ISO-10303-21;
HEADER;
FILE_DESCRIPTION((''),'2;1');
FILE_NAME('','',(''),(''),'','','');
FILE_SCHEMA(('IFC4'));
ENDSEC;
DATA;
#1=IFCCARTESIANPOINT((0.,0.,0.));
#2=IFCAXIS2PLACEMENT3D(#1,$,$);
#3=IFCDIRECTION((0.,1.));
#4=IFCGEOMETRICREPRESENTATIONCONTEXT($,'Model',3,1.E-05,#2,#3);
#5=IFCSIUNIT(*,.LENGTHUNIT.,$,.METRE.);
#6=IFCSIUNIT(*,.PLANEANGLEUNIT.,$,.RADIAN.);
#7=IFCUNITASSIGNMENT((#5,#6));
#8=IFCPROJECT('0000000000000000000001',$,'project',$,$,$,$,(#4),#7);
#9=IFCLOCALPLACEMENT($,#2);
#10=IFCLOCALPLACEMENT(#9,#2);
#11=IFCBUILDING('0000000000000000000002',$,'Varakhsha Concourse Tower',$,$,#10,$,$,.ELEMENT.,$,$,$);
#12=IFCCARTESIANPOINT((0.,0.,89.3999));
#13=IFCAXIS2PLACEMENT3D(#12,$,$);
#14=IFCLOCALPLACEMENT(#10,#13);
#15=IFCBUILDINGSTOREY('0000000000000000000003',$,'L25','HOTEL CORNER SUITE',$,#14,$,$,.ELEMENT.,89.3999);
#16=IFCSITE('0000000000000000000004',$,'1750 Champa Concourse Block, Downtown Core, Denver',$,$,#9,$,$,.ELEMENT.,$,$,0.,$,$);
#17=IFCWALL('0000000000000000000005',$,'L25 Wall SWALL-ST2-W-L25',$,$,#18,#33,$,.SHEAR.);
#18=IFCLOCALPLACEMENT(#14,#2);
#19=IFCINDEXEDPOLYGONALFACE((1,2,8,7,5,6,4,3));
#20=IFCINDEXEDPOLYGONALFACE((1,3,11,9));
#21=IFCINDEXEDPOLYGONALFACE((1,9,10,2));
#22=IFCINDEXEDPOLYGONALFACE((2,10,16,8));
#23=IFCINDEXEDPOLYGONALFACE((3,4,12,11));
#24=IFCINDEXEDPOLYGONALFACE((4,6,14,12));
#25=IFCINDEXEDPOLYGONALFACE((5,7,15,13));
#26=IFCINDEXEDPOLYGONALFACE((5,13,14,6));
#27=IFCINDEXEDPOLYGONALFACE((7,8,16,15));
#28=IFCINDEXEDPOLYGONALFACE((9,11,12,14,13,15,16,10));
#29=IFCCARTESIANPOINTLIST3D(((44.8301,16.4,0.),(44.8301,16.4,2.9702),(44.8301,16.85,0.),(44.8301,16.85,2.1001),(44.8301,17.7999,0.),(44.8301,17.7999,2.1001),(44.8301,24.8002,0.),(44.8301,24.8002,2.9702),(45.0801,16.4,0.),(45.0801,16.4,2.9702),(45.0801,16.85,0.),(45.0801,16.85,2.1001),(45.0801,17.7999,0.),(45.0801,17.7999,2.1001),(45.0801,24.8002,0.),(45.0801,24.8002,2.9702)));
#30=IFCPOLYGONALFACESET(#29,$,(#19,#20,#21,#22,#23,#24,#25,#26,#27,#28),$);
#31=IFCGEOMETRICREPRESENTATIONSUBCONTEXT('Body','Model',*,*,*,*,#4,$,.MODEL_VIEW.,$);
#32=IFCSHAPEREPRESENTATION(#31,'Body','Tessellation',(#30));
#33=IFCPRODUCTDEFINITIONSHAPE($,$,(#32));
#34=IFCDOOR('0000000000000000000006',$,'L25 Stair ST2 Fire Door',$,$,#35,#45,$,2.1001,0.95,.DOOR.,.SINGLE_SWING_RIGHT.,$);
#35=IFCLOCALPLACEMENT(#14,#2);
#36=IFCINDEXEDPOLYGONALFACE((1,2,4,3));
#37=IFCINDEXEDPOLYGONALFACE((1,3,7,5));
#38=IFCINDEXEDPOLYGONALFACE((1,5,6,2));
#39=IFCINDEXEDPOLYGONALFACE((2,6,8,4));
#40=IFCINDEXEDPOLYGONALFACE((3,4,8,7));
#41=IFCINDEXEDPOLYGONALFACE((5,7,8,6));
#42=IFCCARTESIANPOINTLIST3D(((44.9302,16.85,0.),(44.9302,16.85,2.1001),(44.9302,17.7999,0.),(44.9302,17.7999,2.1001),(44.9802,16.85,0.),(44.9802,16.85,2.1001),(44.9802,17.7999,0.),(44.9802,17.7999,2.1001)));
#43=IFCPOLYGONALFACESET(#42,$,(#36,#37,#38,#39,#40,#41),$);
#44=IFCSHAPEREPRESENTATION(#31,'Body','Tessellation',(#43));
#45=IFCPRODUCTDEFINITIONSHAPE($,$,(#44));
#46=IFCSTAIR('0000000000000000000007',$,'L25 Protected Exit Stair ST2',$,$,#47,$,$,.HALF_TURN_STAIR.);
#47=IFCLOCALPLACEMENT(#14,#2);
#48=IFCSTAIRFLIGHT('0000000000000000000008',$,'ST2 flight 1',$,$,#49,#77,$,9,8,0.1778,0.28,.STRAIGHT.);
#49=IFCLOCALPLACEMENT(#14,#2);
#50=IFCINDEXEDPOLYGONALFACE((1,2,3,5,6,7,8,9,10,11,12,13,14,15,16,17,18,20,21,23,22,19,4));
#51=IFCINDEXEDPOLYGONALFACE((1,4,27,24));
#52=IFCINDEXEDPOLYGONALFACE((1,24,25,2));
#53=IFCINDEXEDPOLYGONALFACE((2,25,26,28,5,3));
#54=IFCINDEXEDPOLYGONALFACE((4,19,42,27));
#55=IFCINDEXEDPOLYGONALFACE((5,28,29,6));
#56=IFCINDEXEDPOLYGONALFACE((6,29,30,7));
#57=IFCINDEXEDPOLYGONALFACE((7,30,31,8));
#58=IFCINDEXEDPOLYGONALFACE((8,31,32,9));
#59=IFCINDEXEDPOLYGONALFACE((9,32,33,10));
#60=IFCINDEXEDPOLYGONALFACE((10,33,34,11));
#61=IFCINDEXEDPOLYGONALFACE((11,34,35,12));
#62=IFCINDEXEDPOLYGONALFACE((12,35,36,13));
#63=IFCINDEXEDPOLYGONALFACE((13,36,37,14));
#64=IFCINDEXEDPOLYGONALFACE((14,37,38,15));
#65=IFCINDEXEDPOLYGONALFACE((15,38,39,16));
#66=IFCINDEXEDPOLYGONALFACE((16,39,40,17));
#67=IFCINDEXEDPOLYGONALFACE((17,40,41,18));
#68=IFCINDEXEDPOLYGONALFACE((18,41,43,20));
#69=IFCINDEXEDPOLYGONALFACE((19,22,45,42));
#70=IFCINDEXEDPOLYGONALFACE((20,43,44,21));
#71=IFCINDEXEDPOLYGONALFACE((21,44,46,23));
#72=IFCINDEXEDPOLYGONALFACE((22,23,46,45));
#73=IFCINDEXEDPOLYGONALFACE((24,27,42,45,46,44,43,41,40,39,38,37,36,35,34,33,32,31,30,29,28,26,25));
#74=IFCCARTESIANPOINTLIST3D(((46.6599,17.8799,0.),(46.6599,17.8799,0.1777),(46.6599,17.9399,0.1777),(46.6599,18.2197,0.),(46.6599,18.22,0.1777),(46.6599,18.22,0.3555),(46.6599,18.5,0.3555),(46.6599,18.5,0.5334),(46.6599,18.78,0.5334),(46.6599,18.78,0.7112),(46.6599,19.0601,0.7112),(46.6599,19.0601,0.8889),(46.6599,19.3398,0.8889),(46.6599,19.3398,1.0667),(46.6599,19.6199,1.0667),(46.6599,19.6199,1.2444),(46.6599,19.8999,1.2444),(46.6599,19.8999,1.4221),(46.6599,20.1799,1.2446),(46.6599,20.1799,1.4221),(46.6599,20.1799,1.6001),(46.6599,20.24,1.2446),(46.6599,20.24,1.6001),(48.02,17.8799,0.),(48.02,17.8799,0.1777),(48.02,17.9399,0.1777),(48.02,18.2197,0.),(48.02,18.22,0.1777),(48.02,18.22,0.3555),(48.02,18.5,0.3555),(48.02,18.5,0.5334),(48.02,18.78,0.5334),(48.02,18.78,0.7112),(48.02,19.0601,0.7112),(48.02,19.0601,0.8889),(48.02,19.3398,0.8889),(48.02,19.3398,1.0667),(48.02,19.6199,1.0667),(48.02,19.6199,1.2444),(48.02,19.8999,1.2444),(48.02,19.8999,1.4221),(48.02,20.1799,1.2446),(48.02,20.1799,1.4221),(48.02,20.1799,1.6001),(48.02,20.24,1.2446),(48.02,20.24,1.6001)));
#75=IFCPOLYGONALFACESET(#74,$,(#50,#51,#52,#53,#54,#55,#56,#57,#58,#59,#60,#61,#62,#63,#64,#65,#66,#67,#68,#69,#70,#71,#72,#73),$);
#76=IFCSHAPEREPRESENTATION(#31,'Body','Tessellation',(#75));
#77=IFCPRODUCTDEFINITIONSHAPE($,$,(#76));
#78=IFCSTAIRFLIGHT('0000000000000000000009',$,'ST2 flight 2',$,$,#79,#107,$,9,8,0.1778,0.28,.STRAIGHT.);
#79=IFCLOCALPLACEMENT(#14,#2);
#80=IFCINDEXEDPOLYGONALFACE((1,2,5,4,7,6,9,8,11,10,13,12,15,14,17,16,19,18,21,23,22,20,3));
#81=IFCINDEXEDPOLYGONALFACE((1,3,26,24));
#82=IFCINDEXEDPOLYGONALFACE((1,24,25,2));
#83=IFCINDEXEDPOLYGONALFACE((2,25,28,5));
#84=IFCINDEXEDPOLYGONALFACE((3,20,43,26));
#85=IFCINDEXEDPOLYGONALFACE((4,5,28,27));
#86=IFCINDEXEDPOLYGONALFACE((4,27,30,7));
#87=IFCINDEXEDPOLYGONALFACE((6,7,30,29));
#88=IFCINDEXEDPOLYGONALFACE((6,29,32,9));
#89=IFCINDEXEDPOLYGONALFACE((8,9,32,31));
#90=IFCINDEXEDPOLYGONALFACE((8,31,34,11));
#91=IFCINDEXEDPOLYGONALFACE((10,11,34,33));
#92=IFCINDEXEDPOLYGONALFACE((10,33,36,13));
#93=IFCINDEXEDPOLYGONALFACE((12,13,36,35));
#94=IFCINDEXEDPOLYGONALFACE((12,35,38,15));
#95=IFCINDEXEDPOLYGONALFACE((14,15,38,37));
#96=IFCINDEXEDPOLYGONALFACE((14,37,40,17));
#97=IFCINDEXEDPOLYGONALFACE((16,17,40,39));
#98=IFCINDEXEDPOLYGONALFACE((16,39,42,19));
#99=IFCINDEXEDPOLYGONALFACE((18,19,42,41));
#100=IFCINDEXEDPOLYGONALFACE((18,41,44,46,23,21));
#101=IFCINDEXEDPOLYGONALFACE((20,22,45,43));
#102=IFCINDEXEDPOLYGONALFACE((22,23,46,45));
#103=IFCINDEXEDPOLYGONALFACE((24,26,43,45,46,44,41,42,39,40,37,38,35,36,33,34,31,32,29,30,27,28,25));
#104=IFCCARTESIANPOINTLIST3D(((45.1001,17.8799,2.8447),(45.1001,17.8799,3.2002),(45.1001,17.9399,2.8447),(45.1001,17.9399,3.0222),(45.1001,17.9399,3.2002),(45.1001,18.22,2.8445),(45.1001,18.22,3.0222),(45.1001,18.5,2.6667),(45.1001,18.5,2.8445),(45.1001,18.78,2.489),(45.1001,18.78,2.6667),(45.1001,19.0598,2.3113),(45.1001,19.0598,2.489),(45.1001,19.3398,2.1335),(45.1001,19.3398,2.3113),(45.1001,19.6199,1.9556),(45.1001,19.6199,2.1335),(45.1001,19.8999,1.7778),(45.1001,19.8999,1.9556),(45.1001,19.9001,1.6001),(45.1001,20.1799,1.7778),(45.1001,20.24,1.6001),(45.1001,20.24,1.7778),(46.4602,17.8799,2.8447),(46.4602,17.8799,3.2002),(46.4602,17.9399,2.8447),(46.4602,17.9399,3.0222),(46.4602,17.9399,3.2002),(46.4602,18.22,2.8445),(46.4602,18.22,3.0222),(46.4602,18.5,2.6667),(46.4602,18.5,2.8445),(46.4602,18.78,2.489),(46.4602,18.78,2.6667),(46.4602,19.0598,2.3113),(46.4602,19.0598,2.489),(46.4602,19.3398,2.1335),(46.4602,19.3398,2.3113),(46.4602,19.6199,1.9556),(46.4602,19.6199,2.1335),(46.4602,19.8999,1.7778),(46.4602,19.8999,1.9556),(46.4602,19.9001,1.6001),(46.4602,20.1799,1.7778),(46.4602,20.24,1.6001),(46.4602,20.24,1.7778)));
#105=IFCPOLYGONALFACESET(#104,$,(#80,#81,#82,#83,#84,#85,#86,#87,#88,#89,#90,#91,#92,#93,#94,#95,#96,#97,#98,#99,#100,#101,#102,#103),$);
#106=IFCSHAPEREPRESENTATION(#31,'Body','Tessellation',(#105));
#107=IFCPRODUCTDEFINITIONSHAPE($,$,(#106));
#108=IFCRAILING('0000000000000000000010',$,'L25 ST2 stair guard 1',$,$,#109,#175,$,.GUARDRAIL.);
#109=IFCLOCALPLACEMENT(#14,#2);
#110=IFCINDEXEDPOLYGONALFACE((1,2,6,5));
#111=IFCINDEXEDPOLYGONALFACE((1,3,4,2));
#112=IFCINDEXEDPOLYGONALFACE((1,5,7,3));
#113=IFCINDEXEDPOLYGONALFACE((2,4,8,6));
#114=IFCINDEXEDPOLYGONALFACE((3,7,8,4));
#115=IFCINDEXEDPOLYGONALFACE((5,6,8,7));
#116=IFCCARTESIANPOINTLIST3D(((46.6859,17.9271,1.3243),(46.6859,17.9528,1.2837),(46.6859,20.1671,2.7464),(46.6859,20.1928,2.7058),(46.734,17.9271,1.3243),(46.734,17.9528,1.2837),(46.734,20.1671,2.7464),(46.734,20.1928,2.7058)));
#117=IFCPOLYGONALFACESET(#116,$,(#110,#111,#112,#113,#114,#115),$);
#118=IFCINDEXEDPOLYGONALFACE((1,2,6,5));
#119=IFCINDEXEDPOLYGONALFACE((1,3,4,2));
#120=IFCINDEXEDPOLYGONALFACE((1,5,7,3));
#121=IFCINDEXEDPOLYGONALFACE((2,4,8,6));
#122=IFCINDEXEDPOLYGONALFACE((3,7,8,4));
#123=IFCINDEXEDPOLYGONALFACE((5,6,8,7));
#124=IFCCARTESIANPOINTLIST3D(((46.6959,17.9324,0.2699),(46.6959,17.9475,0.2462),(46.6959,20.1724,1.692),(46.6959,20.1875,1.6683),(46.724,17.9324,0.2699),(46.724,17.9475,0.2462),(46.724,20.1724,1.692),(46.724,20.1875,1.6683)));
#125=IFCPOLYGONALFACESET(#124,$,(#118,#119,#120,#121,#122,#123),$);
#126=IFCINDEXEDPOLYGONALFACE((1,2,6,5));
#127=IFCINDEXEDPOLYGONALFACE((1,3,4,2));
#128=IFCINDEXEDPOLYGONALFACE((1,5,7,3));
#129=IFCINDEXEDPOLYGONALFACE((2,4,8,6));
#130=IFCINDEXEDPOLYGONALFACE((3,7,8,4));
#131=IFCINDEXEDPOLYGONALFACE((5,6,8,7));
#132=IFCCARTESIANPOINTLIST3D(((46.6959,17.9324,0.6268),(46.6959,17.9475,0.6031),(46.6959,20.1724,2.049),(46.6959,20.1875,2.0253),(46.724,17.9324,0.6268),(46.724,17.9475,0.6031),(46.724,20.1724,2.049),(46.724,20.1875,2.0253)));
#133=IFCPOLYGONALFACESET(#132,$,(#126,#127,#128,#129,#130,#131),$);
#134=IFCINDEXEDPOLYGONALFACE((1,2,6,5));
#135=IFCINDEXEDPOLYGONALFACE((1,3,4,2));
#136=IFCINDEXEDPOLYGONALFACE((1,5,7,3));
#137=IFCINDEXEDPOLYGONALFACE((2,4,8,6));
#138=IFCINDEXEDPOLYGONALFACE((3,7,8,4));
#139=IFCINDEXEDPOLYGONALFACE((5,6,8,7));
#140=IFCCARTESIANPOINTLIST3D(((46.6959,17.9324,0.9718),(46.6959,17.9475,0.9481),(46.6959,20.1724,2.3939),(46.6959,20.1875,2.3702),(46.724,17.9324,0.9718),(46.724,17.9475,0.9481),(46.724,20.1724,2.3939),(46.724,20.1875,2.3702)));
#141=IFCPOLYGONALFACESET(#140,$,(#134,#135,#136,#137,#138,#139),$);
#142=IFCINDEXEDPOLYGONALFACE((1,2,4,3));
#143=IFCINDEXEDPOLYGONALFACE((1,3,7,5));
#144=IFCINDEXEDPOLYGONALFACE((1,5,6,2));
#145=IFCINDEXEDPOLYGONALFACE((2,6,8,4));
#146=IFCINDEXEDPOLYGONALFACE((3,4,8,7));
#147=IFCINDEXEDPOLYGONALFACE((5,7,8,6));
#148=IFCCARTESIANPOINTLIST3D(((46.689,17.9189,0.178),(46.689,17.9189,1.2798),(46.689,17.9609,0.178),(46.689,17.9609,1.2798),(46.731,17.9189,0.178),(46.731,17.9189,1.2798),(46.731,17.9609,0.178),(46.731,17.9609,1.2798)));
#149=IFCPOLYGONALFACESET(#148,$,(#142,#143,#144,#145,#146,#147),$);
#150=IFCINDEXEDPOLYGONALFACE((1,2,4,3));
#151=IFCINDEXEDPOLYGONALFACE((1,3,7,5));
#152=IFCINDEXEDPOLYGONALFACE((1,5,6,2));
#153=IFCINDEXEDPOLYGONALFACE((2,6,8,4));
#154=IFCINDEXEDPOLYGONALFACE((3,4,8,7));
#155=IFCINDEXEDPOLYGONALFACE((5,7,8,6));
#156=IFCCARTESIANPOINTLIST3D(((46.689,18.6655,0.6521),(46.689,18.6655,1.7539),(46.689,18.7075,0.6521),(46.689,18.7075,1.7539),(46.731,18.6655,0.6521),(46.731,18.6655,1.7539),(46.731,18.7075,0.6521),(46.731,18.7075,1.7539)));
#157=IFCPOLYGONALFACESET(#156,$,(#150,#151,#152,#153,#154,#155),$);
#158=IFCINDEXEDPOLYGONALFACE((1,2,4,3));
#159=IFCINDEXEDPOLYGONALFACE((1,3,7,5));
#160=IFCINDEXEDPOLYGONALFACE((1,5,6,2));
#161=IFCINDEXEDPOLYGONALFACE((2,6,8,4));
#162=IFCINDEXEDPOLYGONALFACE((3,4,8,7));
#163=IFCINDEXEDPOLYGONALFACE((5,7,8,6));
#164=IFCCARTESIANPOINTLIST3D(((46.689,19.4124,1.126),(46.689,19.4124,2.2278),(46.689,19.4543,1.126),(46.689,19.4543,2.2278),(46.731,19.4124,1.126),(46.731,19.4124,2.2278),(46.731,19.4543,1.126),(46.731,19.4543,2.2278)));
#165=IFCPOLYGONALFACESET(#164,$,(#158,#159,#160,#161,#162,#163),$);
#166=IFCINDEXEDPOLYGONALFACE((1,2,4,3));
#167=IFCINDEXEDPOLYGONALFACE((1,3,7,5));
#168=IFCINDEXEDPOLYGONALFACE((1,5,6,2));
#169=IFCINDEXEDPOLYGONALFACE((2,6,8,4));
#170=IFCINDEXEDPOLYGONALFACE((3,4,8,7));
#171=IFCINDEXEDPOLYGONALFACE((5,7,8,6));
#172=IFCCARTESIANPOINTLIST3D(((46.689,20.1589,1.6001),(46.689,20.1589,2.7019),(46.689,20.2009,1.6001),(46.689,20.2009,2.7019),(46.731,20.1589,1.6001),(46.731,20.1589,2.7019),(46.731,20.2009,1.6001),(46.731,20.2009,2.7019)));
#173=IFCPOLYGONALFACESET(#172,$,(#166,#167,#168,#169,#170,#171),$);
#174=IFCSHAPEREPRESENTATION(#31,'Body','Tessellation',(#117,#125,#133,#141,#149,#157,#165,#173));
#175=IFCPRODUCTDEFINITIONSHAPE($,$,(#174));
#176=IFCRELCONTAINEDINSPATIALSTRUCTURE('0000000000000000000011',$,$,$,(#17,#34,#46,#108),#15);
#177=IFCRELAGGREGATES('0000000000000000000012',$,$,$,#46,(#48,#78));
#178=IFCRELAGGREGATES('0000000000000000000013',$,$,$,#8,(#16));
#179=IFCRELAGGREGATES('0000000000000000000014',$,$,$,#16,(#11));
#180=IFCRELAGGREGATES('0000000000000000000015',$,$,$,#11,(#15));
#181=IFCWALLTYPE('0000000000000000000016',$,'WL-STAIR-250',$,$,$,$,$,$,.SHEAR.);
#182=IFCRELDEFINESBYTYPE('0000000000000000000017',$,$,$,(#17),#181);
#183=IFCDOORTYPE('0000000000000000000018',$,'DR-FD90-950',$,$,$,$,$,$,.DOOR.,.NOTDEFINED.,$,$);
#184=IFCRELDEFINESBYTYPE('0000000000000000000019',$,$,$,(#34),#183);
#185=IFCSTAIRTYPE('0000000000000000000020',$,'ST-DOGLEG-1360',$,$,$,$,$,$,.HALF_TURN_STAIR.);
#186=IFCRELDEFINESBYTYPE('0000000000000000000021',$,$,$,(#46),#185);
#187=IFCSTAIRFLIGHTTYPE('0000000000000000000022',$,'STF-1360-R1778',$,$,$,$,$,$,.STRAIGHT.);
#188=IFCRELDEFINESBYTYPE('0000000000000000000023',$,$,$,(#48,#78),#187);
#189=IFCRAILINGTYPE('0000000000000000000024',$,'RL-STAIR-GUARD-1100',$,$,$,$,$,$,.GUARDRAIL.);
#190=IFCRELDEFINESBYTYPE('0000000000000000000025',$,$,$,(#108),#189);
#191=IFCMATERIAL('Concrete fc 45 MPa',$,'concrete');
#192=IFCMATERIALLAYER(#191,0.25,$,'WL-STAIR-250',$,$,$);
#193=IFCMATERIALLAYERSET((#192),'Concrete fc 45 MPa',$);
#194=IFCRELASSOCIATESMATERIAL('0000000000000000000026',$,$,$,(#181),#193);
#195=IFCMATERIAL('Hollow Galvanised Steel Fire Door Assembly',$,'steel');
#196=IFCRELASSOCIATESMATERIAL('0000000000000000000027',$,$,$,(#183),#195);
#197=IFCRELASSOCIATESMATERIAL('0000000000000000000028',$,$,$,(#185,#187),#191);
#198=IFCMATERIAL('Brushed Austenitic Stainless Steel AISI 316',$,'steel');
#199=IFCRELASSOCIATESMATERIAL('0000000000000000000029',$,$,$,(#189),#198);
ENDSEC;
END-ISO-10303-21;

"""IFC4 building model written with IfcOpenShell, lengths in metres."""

from ifc_helpers import new_model, si_unit, direction, frame, frame_2d, origin, origin_2d, place, context, subcontext, project, spatial, polyline, rectangle, outline, extrude, material, layer, layer_set, type_object, element, fill, aggregate, save


model = new_model("IFC4")

# Units and contexts
model_context = context("Model", 3, precision=1e-05, world=origin(), true_north=direction((0.0, 1.0)))
body_context = subcontext(model_context, "Body", "Model", "MODEL_VIEW")
ifc_project = project(units=[si_unit("LENGTHUNIT", "METRE"), si_unit("PLANEANGLEUNIT", "RADIAN")], contexts=[model_context])

# Site, building, storey
site_placement = place(None, origin())
site = spatial("IfcSite", under=ifc_project, at=site_placement, Name="1750 Champa Concourse Block, Downtown Core, Denver", CompositionType="ELEMENT", RefElevation=0.0)
building_placement = place(site_placement, origin())
building = spatial("IfcBuilding", under=site, at=building_placement, Name="Varakhsha Concourse Tower", CompositionType="ELEMENT")
storey_placement = place(building_placement, frame((0.0, 0.0, 89.3999)))
storey = spatial("IfcBuildingStorey", under=building, at=storey_placement, Name="L25", Description="HOTEL CORNER SUITE", CompositionType="ELEMENT", Elevation=89.3999)

# Wall, opening, door
ifc_material_1 = material(Name="Concrete fc 45 MPa", Category="concrete")
ifc_layer_1 = layer(ifc_material_1, 0.25, Name="WL-STAIR-250")
ifc_layer_set_1 = layer_set([ifc_layer_1], Name="Concrete fc 45 MPa")
wall_type_1 = type_object("IfcWallType", Name="WL-STAIR-250", PredefinedType="SHEAR", material=ifc_layer_set_1)
wall_1_placement = place(storey_placement, frame((44.9551, 16.3999, 0.0), z_axis=(0.0, 0.0, 1.0), x_axis=(0.0, 1.0, 0.0)))
wall_1 = element("IfcWall", 1, at=wall_1_placement, inside=storey, type_object=wall_type_1, Name="L25 Wall SWALL-ST2-W-L25", PredefinedType="SHEAR", context=body_context, shape_type="SweptSolid", body=[
    extrude(rectangle(XDim=8.4001, YDim=0.25, at=frame_2d((4.2002, 0.0))), origin(), (0.0, 0.0, 1.0), 2.9702),
])
opening_1_placement = place(wall_1_placement, frame((0.45, 0.0, 0.0)))
opening_1 = element("IfcOpeningElement", 2, at=opening_1_placement, cuts=wall_1, PredefinedType="OPENING", context=body_context, shape_type="SweptSolid", body=[
    extrude(rectangle(XDim=0.95, YDim=2.1001, at=frame_2d((0.4751, 1.05))), frame((0.0, 0.135, 0.0), z_axis=(0.0, -1.0, 0.0), x_axis=(1.0, 0.0, 0.0)), (0.0, 0.0, 1.0), 0.27),
])
ifc_material_2 = material(Name="Hollow Galvanised Steel Fire Door Assembly", Category="steel")
door_type_1 = type_object("IfcDoorType", Name="DR-FD90-950", OperationType="NOTDEFINED", PredefinedType="DOOR", material=ifc_material_2)
door_1_placement = place(opening_1_placement, origin())
door_1 = element("IfcDoor", 3, at=door_1_placement, inside=storey, type_object=door_type_1, Name="L25 Stair ST2 Fire Door", OperationType="SINGLE_SWING_RIGHT", OverallHeight=2.1001, OverallWidth=0.95, PredefinedType="DOOR", context=body_context, shape_type="SweptSolid", body=[
    extrude(rectangle(XDim=0.95, YDim=2.1001, at=frame_2d((0.4751, 1.05))), frame((0.0, 0.0249, 0.0), z_axis=(0.0, -1.0, 0.0), x_axis=(1.0, 0.0, 0.0)), (0.0, 0.0, 1.0), 0.05),
])
fill(opening_1, door_1)

# Stair, stair flights
stair_type = type_object("IfcStairType", Name="ST-DOGLEG-1360", PredefinedType="HALF_TURN_STAIR", material=ifc_material_1)
stair_placement = place(storey_placement, origin())
stair = element("IfcStair", 4, at=stair_placement, inside=storey, type_object=stair_type, Name="L25 Protected Exit Stair ST2", PredefinedType="HALF_TURN_STAIR")
stair_flight_type = type_object("IfcStairFlightType", Name="STF-1360-R1778", PredefinedType="STRAIGHT", material=ifc_material_1)
stair_flight_1_placement = place(storey_placement, frame((47.3401, 17.9399, 0.0), z_axis=(0.0, 0.0, 1.0), x_axis=(0.0, 1.0, 0.0)))
stair_flight_1 = element("IfcStairFlight", 5, at=stair_flight_1_placement, type_object=stair_flight_type, Name="ST2 flight 1", NumberOfRisers=9, NumberOfTreads=8, PredefinedType="STRAIGHT", RiserHeight=0.1778, TreadLength=0.28, context=body_context, shape_type="SweptSolid", body=[
    extrude(outline(polyline([(-0.0601, 0.0), (-0.0601, 0.1777), (0.0, 0.1777), (0.28, 0.1777), (0.28, 0.3555), (0.5601, 0.3555), (0.5601, 0.5334), (0.8401, 0.5334), (0.8401, 0.7112), (1.1201, 0.7112), (1.1201, 0.8889), (1.3999, 0.8889), (1.3999, 1.0667), (1.6799, 1.0667), (1.6799, 1.2444), (1.96, 1.2444), (1.96, 1.4221), (2.24, 1.4221), (2.24, 1.6001), (2.3, 1.6001), (2.3, 1.2446), (2.24, 1.2446), (0.2798, 0.0), (-0.0601, 0.0)])), frame((0.0, 0.6802, 0.0), z_axis=(0.0, -1.0, 0.0), x_axis=(1.0, 0.0, 0.0)), (0.0, 0.0, 1.0), 1.3601),
])
stair_flight_2_placement = place(storey_placement, frame((45.78, 20.1799, 1.6001), z_axis=(0.0, 0.0, 1.0), x_axis=(0.0, -1.0, 0.0)))
stair_flight_2 = element("IfcStairFlight", 6, at=stair_flight_2_placement, type_object=stair_flight_type, Name="ST2 flight 2", NumberOfRisers=9, NumberOfTreads=8, PredefinedType="STRAIGHT", RiserHeight=0.1778, TreadLength=0.28, context=body_context, shape_type="SweptSolid", body=[
    extrude(outline(polyline([(-0.0601, 0.0), (-0.0601, 0.1777), (0.0, 0.1777), (0.28, 0.1777), (0.28, 0.3555), (0.5601, 0.3555), (0.5601, 0.5334), (0.8401, 0.5334), (0.8401, 0.7112), (1.1201, 0.7112), (1.1201, 0.8889), (1.3999, 0.8889), (1.3999, 1.0667), (1.6799, 1.0667), (1.6799, 1.2444), (1.96, 1.2444), (1.96, 1.4221), (2.24, 1.4221), (2.24, 1.6001), (2.3, 1.6001), (2.3, 1.2446), (2.24, 1.2446), (0.2798, 0.0), (-0.0601, 0.0)])), frame((0.0, 0.6802, 0.0), z_axis=(0.0, -1.0, 0.0), x_axis=(1.0, 0.0, 0.0)), (0.0, 0.0, 1.0), 1.3601),
])
aggregate(stair, [stair_flight_1, stair_flight_2])

# Railing
ifc_material_3 = material(Name="Brushed Austenitic Stainless Steel AISI 316", Category="steel")
railing_type_1 = type_object("IfcRailingType", Name="RL-STAIR-GUARD-1100", PredefinedType="GUARDRAIL", material=ifc_material_3)
railing_1_placement = place(storey_placement, frame((46.71, 17.9399, 0.178)))
element("IfcRailing", 7, at=railing_1_placement, inside=storey, type_object=railing_type_1, Name="L25 ST2 stair guard 1", PredefinedType="GUARDRAIL", context=body_context, shape_type="SweptSolid", body=[
    extrude(rectangle(XDim=0.0481, YDim=0.0481, at=origin_2d()), frame((0.0, 0.0, 1.126), z_axis=(0.0, 0.844229, 0.535982), x_axis=(-1.0, 0.0, 0.0)), (0.0, 0.0, 1.0), 2.6533),
    extrude(rectangle(XDim=0.0281, YDim=0.0281, at=origin_2d()), frame((0.0, 0.0, 0.0801), z_axis=(0.0, 0.844229, 0.535982), x_axis=(-1.0, 0.0, 0.0)), (0.0, 0.0, 1.0), 2.6533),
    extrude(rectangle(XDim=0.0281, YDim=0.0281, at=origin_2d()), frame((0.0, 0.0, 0.437), z_axis=(0.0, 0.844229, 0.535982), x_axis=(-1.0, 0.0, 0.0)), (0.0, 0.0, 1.0), 2.6533),
    extrude(rectangle(XDim=0.0281, YDim=0.0281, at=origin_2d()), frame((0.0, 0.0, 0.782), z_axis=(0.0, 0.844229, 0.535982), x_axis=(-1.0, 0.0, 0.0)), (0.0, 0.0, 1.0), 2.6533),
    extrude(rectangle(XDim=0.042, YDim=0.042, at=origin_2d()), origin(), (0.0, 0.0, 1.0), 1.1018),
    extrude(rectangle(XDim=0.042, YDim=0.042, at=origin_2d()), frame((0.0, 0.7466, 0.4741)), (0.0, 0.0, 1.0), 1.1018),
    extrude(rectangle(XDim=0.042, YDim=0.042, at=origin_2d()), frame((0.0, 1.4934, 0.948)), (0.0, 0.0, 1.0), 1.1018),
    extrude(rectangle(XDim=0.042, YDim=0.042, at=origin_2d()), frame((0.0, 2.24, 1.4221)), (0.0, 0.0, 1.0), 1.1018),
])

save(model, "model.ifc")
